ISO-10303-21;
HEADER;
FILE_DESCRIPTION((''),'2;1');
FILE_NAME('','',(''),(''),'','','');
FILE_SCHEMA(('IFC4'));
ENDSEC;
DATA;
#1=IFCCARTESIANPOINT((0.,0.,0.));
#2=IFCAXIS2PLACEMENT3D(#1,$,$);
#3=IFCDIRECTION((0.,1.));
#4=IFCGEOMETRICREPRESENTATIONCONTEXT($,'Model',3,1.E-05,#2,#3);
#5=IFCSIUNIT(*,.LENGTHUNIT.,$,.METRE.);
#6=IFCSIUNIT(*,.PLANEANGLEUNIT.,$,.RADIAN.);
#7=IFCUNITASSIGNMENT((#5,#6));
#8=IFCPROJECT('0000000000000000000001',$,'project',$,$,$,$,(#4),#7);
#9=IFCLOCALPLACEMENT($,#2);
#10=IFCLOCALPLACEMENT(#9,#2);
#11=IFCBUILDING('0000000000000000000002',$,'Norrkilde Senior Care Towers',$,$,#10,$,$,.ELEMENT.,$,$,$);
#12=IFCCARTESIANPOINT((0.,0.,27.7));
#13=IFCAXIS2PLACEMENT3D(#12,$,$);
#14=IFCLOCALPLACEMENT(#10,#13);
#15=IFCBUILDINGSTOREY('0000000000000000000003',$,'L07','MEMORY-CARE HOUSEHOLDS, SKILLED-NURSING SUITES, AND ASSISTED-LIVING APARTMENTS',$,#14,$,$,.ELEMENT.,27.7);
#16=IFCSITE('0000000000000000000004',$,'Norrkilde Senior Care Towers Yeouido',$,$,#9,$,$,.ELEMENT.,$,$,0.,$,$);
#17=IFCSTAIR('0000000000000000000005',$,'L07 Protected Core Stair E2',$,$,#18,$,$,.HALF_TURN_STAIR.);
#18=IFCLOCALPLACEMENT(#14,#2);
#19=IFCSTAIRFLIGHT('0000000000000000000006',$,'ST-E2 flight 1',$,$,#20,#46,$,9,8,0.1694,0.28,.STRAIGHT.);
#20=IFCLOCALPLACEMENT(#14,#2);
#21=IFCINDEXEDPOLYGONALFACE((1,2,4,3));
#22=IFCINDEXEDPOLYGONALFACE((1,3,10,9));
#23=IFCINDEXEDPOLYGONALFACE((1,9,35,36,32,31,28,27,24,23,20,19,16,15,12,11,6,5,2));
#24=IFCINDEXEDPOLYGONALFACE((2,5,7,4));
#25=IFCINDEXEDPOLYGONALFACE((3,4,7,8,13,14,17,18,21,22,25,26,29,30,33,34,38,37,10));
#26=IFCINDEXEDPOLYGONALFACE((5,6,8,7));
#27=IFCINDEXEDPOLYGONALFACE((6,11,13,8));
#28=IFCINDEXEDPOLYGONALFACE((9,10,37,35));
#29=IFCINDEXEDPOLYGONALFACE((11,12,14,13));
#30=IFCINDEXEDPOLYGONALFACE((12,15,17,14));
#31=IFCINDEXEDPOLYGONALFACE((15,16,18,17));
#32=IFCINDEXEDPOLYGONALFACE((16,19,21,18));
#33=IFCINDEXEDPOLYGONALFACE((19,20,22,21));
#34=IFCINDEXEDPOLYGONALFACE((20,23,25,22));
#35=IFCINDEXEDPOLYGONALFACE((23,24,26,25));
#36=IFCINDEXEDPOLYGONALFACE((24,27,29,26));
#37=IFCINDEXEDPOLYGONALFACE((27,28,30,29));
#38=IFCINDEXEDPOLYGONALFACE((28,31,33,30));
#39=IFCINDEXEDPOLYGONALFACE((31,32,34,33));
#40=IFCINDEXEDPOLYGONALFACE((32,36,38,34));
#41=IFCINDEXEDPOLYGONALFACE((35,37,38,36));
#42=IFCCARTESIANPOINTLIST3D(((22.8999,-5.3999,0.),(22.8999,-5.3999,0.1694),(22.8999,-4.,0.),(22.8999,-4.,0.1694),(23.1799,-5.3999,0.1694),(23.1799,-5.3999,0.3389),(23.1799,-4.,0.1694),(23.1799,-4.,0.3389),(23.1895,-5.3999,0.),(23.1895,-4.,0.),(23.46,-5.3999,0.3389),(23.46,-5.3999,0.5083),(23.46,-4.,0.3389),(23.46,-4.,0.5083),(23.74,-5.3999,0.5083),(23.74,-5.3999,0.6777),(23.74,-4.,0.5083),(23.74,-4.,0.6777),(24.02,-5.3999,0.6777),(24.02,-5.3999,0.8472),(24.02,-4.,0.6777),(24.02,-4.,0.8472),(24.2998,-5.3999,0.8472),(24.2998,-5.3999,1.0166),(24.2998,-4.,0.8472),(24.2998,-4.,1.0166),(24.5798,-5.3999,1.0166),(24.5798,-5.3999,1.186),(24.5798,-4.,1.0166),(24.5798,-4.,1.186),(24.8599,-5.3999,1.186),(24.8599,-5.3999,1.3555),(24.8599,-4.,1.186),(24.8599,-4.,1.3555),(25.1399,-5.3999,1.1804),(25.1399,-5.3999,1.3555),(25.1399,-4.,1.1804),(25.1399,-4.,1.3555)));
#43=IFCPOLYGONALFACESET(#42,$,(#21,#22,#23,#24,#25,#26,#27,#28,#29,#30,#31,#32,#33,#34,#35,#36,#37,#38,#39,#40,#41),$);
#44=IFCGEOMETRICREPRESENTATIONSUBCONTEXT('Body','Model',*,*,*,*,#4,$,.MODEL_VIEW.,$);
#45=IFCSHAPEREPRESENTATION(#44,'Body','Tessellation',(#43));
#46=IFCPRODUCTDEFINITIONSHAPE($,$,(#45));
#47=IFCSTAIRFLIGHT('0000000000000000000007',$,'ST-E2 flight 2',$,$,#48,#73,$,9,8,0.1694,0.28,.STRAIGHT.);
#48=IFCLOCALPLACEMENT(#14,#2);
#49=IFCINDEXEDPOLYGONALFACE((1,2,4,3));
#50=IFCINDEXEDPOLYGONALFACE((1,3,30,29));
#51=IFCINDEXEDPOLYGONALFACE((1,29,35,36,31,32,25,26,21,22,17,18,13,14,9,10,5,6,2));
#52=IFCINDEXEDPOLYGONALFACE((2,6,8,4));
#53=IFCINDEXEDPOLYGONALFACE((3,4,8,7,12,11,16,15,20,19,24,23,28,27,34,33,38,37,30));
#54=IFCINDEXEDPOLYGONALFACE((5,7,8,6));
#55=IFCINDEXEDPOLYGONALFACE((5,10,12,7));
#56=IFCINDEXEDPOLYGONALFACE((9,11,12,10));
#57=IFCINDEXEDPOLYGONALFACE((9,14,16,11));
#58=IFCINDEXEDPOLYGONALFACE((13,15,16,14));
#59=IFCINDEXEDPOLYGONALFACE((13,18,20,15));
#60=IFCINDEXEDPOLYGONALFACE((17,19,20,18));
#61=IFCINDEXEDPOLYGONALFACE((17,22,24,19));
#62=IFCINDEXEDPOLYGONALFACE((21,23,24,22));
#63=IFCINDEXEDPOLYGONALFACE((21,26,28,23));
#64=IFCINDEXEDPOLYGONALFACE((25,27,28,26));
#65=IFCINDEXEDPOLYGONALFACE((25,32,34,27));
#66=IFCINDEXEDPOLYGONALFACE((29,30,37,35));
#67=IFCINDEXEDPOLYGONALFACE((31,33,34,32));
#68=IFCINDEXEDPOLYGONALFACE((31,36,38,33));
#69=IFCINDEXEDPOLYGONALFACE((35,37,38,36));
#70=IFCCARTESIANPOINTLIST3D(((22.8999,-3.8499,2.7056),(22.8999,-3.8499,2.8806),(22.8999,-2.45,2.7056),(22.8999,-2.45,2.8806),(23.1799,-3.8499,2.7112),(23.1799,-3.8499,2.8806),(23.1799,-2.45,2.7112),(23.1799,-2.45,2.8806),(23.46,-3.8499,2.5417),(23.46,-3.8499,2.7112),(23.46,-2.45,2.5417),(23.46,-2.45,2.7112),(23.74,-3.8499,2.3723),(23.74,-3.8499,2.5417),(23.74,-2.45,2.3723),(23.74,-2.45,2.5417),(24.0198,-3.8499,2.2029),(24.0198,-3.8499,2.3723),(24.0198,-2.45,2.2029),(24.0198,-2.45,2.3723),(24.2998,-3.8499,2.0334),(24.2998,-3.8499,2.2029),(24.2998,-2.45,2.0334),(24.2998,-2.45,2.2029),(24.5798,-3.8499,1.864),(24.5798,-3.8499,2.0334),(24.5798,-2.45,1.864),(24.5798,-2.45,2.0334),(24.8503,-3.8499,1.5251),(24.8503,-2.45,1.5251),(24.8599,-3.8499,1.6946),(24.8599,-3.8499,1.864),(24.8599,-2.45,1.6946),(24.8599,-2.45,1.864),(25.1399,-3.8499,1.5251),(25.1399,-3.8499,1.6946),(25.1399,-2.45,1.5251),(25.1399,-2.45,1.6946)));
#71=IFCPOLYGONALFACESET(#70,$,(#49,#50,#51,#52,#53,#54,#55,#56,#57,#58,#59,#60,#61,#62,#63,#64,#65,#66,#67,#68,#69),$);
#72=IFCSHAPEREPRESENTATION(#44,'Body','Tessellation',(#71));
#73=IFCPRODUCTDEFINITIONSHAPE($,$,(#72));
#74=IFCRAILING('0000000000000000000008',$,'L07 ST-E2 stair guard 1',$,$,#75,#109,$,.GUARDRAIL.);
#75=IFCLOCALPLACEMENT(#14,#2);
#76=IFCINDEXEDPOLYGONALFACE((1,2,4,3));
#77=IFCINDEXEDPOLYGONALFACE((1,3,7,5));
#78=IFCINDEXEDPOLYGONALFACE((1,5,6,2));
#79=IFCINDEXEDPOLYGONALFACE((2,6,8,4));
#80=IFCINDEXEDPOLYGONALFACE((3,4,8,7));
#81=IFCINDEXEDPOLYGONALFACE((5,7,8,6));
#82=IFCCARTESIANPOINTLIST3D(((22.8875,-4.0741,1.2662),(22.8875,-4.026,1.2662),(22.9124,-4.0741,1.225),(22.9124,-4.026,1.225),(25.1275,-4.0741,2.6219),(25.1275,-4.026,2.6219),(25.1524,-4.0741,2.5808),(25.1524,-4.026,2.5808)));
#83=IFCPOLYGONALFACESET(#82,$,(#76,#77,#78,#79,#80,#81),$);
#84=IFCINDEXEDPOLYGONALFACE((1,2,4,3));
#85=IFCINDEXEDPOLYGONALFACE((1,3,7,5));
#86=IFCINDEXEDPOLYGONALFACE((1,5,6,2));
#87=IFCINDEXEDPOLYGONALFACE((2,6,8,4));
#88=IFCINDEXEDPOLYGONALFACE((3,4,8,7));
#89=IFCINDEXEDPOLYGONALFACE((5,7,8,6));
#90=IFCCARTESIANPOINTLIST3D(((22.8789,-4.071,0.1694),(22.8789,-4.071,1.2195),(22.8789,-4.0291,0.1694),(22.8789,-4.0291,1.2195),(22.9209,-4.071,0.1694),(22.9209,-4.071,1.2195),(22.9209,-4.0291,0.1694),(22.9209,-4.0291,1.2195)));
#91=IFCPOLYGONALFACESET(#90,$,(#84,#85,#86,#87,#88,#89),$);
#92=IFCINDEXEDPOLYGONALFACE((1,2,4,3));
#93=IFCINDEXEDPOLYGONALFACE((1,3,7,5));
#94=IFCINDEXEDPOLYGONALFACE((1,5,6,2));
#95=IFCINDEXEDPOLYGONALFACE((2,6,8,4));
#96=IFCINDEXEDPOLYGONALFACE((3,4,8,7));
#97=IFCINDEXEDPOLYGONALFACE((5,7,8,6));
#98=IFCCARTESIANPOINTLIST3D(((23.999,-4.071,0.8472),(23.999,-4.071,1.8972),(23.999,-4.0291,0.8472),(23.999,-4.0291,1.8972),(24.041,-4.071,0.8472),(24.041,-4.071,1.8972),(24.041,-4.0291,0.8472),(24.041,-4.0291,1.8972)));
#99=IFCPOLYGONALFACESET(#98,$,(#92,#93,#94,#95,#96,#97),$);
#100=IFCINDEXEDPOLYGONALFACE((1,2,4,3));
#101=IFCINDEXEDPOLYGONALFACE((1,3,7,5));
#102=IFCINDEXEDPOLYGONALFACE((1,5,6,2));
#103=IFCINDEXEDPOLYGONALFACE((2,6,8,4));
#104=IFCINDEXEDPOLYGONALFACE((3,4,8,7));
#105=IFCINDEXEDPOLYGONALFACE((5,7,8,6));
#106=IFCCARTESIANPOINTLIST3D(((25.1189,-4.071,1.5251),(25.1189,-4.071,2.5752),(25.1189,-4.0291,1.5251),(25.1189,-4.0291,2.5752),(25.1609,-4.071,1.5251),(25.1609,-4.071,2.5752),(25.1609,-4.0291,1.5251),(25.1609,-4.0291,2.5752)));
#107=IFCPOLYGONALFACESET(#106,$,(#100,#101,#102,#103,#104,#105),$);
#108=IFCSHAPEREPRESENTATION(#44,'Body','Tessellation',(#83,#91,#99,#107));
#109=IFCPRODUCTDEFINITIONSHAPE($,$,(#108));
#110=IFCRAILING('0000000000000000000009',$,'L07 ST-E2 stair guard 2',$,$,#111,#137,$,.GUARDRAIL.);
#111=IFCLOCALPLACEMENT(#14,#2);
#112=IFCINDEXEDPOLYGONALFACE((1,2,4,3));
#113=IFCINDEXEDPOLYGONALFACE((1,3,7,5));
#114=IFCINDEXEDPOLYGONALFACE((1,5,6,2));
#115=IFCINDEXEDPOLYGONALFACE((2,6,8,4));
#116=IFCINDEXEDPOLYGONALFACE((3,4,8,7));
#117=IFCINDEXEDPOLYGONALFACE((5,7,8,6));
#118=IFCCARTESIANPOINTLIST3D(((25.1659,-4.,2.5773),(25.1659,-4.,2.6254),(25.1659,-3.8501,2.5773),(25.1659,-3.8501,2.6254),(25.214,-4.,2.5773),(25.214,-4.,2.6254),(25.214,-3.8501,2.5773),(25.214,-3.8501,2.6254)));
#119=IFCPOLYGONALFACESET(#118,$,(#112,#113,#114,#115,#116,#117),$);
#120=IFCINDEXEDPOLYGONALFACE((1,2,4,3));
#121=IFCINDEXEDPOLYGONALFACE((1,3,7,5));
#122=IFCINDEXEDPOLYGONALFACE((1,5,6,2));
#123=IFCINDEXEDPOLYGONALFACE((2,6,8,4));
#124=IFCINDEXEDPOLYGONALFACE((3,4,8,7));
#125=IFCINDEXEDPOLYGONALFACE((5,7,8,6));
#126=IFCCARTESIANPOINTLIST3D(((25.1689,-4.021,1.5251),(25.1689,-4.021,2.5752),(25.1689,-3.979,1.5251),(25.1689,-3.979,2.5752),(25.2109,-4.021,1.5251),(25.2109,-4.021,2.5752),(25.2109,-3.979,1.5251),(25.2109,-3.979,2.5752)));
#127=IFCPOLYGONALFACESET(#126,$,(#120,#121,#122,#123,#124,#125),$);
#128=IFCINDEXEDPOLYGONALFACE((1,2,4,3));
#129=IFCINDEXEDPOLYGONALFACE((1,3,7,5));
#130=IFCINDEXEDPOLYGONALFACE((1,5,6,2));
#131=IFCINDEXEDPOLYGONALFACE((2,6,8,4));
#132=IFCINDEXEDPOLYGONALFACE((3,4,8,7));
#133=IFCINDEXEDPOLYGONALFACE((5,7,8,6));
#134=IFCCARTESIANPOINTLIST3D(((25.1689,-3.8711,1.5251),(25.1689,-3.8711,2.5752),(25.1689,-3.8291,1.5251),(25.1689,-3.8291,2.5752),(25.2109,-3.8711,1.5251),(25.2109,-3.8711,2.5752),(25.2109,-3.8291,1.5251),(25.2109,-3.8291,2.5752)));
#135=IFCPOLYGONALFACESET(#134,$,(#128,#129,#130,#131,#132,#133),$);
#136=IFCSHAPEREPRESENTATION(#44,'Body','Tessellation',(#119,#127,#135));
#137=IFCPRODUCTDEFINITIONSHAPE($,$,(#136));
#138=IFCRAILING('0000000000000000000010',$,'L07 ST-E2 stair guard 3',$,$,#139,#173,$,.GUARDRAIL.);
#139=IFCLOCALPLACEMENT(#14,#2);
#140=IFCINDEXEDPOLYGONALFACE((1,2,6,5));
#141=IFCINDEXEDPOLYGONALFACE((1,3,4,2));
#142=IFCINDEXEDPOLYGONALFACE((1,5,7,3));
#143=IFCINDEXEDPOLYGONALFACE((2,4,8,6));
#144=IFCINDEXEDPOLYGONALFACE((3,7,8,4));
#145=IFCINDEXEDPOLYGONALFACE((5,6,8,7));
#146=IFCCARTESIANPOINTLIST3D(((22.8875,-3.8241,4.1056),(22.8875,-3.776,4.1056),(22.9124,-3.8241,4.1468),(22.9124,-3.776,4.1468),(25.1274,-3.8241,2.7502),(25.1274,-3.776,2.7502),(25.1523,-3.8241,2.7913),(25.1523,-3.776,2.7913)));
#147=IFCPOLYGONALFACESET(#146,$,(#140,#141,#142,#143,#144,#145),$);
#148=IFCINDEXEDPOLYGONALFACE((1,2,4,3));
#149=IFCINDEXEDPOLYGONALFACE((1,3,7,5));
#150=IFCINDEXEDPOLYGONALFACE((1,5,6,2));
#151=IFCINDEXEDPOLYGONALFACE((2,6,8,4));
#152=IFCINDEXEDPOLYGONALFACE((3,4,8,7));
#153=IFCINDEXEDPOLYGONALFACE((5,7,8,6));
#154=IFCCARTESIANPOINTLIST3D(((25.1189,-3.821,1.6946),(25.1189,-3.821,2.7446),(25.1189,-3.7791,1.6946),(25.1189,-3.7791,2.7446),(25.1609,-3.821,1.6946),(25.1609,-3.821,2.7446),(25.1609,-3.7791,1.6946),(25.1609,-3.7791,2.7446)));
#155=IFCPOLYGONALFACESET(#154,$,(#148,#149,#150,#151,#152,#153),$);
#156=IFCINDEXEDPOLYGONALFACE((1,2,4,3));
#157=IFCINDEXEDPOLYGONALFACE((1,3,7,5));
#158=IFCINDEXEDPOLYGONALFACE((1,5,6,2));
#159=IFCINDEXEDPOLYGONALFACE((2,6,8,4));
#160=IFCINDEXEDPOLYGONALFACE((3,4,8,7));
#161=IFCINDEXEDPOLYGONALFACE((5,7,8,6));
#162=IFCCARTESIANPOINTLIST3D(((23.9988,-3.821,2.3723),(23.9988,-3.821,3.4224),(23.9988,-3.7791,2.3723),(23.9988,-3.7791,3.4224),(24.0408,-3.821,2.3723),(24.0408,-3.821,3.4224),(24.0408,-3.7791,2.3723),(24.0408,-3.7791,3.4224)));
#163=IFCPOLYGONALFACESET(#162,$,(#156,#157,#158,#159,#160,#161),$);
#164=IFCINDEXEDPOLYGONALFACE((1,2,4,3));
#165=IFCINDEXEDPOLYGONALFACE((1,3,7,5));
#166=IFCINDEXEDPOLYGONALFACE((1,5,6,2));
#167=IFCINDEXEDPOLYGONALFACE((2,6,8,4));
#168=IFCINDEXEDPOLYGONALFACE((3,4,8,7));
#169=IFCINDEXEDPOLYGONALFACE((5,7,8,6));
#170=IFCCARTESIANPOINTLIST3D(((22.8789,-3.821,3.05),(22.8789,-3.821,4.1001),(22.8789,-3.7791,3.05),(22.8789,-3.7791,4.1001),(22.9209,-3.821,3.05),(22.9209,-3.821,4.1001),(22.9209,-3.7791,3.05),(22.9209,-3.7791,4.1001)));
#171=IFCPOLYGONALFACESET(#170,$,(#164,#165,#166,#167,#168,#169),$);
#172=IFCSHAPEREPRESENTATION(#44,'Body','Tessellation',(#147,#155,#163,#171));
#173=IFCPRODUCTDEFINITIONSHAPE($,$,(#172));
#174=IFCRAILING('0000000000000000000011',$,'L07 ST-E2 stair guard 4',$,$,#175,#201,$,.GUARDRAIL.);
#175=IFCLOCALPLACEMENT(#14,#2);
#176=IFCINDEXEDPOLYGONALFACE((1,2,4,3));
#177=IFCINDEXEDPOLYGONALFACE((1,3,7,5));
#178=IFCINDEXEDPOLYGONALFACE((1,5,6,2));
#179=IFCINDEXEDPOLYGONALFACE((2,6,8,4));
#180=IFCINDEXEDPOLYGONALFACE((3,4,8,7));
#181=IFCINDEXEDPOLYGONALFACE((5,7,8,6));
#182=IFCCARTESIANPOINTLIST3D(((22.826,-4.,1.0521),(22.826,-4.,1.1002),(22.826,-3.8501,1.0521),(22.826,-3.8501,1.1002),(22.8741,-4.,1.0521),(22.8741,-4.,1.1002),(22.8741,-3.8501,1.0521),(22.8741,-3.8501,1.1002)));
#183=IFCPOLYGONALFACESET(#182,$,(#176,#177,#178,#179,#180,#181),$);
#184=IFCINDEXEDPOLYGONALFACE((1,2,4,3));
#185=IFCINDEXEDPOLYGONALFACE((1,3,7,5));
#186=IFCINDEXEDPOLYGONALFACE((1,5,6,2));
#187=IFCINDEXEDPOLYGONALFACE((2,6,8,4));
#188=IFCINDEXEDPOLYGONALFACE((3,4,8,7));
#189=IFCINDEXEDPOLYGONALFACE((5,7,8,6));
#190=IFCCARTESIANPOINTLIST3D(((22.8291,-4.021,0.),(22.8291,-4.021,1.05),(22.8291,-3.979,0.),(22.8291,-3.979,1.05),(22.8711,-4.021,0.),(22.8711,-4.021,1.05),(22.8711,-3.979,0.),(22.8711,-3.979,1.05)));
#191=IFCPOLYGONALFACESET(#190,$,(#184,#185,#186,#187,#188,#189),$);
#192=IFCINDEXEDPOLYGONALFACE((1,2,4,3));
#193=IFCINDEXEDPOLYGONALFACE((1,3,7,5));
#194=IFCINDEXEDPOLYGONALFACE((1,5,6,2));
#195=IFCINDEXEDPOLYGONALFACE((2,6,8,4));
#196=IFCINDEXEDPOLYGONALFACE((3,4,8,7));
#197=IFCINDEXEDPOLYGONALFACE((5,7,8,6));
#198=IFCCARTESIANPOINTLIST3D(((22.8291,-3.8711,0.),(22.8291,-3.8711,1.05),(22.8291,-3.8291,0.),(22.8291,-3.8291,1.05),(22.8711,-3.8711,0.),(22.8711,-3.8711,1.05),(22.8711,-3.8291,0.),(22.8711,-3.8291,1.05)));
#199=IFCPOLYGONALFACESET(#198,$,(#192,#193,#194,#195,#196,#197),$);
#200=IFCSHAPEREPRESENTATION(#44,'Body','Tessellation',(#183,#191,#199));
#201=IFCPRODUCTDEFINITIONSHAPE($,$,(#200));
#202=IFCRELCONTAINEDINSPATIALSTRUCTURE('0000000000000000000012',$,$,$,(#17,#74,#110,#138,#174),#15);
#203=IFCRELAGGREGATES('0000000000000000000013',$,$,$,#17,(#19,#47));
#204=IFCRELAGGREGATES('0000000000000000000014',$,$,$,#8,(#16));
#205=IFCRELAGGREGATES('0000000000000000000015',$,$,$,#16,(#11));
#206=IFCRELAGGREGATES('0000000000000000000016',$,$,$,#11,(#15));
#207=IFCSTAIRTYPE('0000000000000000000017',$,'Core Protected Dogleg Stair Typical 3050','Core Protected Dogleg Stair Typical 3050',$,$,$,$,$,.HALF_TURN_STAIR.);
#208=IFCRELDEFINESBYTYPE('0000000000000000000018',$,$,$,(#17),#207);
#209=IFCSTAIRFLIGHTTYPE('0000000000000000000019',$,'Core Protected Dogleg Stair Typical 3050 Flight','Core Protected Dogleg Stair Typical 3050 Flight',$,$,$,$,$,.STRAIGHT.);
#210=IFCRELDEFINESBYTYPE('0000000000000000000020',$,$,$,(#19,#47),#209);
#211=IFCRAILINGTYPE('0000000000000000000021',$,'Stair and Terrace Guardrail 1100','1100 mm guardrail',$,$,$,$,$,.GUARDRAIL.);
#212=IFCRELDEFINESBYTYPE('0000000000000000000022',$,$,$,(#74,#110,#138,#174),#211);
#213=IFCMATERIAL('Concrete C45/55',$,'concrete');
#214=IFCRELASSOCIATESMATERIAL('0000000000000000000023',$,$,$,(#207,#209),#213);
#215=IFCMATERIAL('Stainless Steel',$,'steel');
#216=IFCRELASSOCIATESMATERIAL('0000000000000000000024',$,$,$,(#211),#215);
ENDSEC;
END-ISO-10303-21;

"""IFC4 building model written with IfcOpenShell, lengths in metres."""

from ifc_helpers import new_model, si_unit, direction, frame, origin, origin_2d, place, context, subcontext, project, spatial, polyline, rectangle, outline, extrude, material, type_object, element, aggregate, save


model = new_model("IFC4")

# Units and contexts
model_context = context("Model", 3, precision=1e-05, world=origin(), true_north=direction((0.0, 1.0)))
body_context = subcontext(model_context, "Body", "Model", "MODEL_VIEW")
ifc_project = project(units=[si_unit("LENGTHUNIT", "METRE"), si_unit("PLANEANGLEUNIT", "RADIAN")], contexts=[model_context])

# Site, building, storey
site_placement = place(None, origin())
site = spatial("IfcSite", under=ifc_project, at=site_placement, Name="Norrkilde Senior Care Towers Yeouido", CompositionType="ELEMENT", RefElevation=0.0)
building_placement = place(site_placement, origin())
building = spatial("IfcBuilding", under=site, at=building_placement, Name="Norrkilde Senior Care Towers", CompositionType="ELEMENT")
storey_placement = place(building_placement, frame((0.0, 0.0, 27.7)))
storey = spatial("IfcBuildingStorey", under=building, at=storey_placement, Name="L07", Description="MEMORY-CARE HOUSEHOLDS, SKILLED-NURSING SUITES, AND ASSISTED-LIVING APARTMENTS", CompositionType="ELEMENT", Elevation=27.7)

# Shared definitions
ifc_material_1 = material(Name="Concrete C45/55", Category="concrete")

# Shared definitions
ifc_material_2 = material(Name="Stainless Steel", Category="steel")

# Stair, stair flights
stair_type = type_object("IfcStairType", Name="Core Protected Dogleg Stair Typical 3050", Description="Core Protected Dogleg Stair Typical 3050", PredefinedType="HALF_TURN_STAIR", material=ifc_material_1)
stair_placement = place(storey_placement, origin())
stair = element("IfcStair", 1, at=stair_placement, inside=storey, type_object=stair_type, Name="L07 Protected Core Stair E2", PredefinedType="HALF_TURN_STAIR")
stair_flight_type = type_object("IfcStairFlightType", Name="Core Protected Dogleg Stair Typical 3050 Flight", Description="Core Protected Dogleg Stair Typical 3050 Flight", PredefinedType="STRAIGHT", material=ifc_material_1)
stair_flight_1_placement = place(storey_placement, frame((22.8999, -4.7, 0.0), z_axis=(0.0, 0.0, 1.0), x_axis=(1.0, 0.0, 0.0)))
stair_flight_1 = element("IfcStairFlight", 2, at=stair_flight_1_placement, type_object=stair_flight_type, Name="ST-E2 flight 1", NumberOfRisers=9, NumberOfTreads=8, PredefinedType="STRAIGHT", RiserHeight=0.1694, TreadLength=0.28, context=body_context, shape_type="SweptSolid", body=[
    extrude(outline(polyline([(0.0, 0.0), (0.0, 0.1694), (0.28, 0.1694), (0.28, 0.3389), (0.5601, 0.3389), (0.5601, 0.5083), (0.8401, 0.5083), (0.8401, 0.6777), (1.1201, 0.6777), (1.1201, 0.8472), (1.3999, 0.8472), (1.3999, 1.0166), (1.6799, 1.0166), (1.6799, 1.186), (1.96, 1.186), (1.96, 1.3555), (2.24, 1.3555), (2.24, 1.5249), (2.24, 1.1804), (0.2896, 0.0), (0.0, 0.0)])), frame((0.0, 0.7, 0.0), z_axis=(0.0, -1.0, 0.0), x_axis=(1.0, 0.0, 0.0)), (0.0, 0.0, 1.0), 1.3999),
])
stair_flight_2_placement = place(storey_placement, frame((25.1399, -3.1499, 1.5251), z_axis=(0.0, 0.0, 1.0), x_axis=(-1.0, 0.0, 0.0)))
stair_flight_2 = element("IfcStairFlight", 3, at=stair_flight_2_placement, type_object=stair_flight_type, Name="ST-E2 flight 2", NumberOfRisers=9, NumberOfTreads=8, PredefinedType="STRAIGHT", RiserHeight=0.1694, TreadLength=0.28, context=body_context, shape_type="SweptSolid", body=[
    extrude(outline(polyline([(0.0, 0.0), (0.0, 0.1694), (0.28, 0.1694), (0.28, 0.3389), (0.5601, 0.3389), (0.5601, 0.5083), (0.8401, 0.5083), (0.8401, 0.6777), (1.1201, 0.6777), (1.1201, 0.8472), (1.3999, 0.8472), (1.3999, 1.0166), (1.6799, 1.0166), (1.6799, 1.186), (1.96, 1.186), (1.96, 1.3555), (2.24, 1.3555), (2.24, 1.5249), (2.24, 1.1804), (0.2896, 0.0), (0.0, 0.0)])), frame((0.0, 0.7, 0.0), z_axis=(0.0, -1.0, 0.0), x_axis=(1.0, 0.0, 0.0)), (0.0, 0.0, 1.0), 1.3999),
])
aggregate(stair, [stair_flight_1, stair_flight_2])

# Railings
railing_type_1 = type_object("IfcRailingType", Name="Stair and Terrace Guardrail 1100", Description="1100 mm guardrail", PredefinedType="GUARDRAIL", material=ifc_material_2)
railing_1_placement = place(storey_placement, frame((22.8999, -4.05, 0.1694)))
element("IfcRailing", 4, at=railing_1_placement, inside=storey, type_object=railing_type_1, Name="L07 ST-E2 stair guard 1", PredefinedType="GUARDRAIL", context=body_context, shape_type="SweptSolid", body=[
    extrude(rectangle(XDim=0.0481, YDim=0.0481, at=origin_2d()), frame((0.0, 0.0, 1.0762), z_axis=(0.855512, 0.0, 0.517783), x_axis=(0.0, 1.0, 0.0)), (0.0, 0.0, 1.0), 2.6184),
    extrude(rectangle(XDim=0.042, YDim=0.042, at=origin_2d()), origin(), (0.0, 0.0, 1.0), 1.05),
    extrude(rectangle(XDim=0.042, YDim=0.042, at=origin_2d()), frame((1.1201, 0.0, 0.6777)), (0.0, 0.0, 1.0), 1.05),
    extrude(rectangle(XDim=0.042, YDim=0.042, at=origin_2d()), frame((2.24, 0.0, 1.3557)), (0.0, 0.0, 1.0), 1.05),
])
railing_2_placement = place(storey_placement, frame((25.1899, -4.0, 1.5251)))
element("IfcRailing", 5, at=railing_2_placement, inside=storey, type_object=railing_type_1, Name="L07 ST-E2 stair guard 2", PredefinedType="GUARDRAIL", context=body_context, shape_type="SweptSolid", body=[
    extrude(rectangle(XDim=0.0481, YDim=0.0481, at=origin_2d()), frame((0.0, 0.0, 1.0762), z_axis=(0.0, 1.0, 0.0), x_axis=(-1.0, 0.0, 0.0)), (0.0, 0.0, 1.0), 0.1499),
    extrude(rectangle(XDim=0.042, YDim=0.042, at=origin_2d()), origin(), (0.0, 0.0, 1.0), 1.05),
    extrude(rectangle(XDim=0.042, YDim=0.042, at=origin_2d()), frame((0.0, 0.1499, 0.0)), (0.0, 0.0, 1.0), 1.05),
])
railing_3_placement = place(storey_placement, frame((25.1399, -3.8, 1.6946)))
element("IfcRailing", 6, at=railing_3_placement, inside=storey, type_object=railing_type_1, Name="L07 ST-E2 stair guard 3", PredefinedType="GUARDRAIL", context=body_context, shape_type="SweptSolid", body=[
    extrude(rectangle(XDim=0.0481, YDim=0.0481, at=origin_2d()), frame((0.0, 0.0, 1.0762), z_axis=(-0.855553, 0.0, 0.517715), x_axis=(0.0, -1.0, 0.0)), (0.0, 0.0, 1.0), 2.6182),
    extrude(rectangle(XDim=0.042, YDim=0.042, at=origin_2d()), origin(), (0.0, 0.0, 1.0), 1.05),
    extrude(rectangle(XDim=0.042, YDim=0.042, at=origin_2d()), frame((-1.1201, 0.0, 0.6777)), (0.0, 0.0, 1.0), 1.05),
    extrude(rectangle(XDim=0.042, YDim=0.042, at=origin_2d()), frame((-2.24, 0.0, 1.3555)), (0.0, 0.0, 1.0), 1.05),
])
railing_4_placement = place(storey_placement, frame((22.8501, -4.0, 0.0)))
element("IfcRailing", 7, at=railing_4_placement, inside=storey, type_object=railing_type_1, Name="L07 ST-E2 stair guard 4", PredefinedType="GUARDRAIL", context=body_context, shape_type="SweptSolid", body=[
    extrude(rectangle(XDim=0.0481, YDim=0.0481, at=origin_2d()), frame((0.0, 0.0, 1.0762), z_axis=(0.0, 1.0, 0.0), x_axis=(-1.0, 0.0, 0.0)), (0.0, 0.0, 1.0), 0.1499),
    extrude(rectangle(XDim=0.042, YDim=0.042, at=origin_2d()), origin(), (0.0, 0.0, 1.0), 1.05),
    extrude(rectangle(XDim=0.042, YDim=0.042, at=origin_2d()), frame((0.0, 0.1499, 0.0)), (0.0, 0.0, 1.0), 1.05),
])

save(model, "model.ifc")
